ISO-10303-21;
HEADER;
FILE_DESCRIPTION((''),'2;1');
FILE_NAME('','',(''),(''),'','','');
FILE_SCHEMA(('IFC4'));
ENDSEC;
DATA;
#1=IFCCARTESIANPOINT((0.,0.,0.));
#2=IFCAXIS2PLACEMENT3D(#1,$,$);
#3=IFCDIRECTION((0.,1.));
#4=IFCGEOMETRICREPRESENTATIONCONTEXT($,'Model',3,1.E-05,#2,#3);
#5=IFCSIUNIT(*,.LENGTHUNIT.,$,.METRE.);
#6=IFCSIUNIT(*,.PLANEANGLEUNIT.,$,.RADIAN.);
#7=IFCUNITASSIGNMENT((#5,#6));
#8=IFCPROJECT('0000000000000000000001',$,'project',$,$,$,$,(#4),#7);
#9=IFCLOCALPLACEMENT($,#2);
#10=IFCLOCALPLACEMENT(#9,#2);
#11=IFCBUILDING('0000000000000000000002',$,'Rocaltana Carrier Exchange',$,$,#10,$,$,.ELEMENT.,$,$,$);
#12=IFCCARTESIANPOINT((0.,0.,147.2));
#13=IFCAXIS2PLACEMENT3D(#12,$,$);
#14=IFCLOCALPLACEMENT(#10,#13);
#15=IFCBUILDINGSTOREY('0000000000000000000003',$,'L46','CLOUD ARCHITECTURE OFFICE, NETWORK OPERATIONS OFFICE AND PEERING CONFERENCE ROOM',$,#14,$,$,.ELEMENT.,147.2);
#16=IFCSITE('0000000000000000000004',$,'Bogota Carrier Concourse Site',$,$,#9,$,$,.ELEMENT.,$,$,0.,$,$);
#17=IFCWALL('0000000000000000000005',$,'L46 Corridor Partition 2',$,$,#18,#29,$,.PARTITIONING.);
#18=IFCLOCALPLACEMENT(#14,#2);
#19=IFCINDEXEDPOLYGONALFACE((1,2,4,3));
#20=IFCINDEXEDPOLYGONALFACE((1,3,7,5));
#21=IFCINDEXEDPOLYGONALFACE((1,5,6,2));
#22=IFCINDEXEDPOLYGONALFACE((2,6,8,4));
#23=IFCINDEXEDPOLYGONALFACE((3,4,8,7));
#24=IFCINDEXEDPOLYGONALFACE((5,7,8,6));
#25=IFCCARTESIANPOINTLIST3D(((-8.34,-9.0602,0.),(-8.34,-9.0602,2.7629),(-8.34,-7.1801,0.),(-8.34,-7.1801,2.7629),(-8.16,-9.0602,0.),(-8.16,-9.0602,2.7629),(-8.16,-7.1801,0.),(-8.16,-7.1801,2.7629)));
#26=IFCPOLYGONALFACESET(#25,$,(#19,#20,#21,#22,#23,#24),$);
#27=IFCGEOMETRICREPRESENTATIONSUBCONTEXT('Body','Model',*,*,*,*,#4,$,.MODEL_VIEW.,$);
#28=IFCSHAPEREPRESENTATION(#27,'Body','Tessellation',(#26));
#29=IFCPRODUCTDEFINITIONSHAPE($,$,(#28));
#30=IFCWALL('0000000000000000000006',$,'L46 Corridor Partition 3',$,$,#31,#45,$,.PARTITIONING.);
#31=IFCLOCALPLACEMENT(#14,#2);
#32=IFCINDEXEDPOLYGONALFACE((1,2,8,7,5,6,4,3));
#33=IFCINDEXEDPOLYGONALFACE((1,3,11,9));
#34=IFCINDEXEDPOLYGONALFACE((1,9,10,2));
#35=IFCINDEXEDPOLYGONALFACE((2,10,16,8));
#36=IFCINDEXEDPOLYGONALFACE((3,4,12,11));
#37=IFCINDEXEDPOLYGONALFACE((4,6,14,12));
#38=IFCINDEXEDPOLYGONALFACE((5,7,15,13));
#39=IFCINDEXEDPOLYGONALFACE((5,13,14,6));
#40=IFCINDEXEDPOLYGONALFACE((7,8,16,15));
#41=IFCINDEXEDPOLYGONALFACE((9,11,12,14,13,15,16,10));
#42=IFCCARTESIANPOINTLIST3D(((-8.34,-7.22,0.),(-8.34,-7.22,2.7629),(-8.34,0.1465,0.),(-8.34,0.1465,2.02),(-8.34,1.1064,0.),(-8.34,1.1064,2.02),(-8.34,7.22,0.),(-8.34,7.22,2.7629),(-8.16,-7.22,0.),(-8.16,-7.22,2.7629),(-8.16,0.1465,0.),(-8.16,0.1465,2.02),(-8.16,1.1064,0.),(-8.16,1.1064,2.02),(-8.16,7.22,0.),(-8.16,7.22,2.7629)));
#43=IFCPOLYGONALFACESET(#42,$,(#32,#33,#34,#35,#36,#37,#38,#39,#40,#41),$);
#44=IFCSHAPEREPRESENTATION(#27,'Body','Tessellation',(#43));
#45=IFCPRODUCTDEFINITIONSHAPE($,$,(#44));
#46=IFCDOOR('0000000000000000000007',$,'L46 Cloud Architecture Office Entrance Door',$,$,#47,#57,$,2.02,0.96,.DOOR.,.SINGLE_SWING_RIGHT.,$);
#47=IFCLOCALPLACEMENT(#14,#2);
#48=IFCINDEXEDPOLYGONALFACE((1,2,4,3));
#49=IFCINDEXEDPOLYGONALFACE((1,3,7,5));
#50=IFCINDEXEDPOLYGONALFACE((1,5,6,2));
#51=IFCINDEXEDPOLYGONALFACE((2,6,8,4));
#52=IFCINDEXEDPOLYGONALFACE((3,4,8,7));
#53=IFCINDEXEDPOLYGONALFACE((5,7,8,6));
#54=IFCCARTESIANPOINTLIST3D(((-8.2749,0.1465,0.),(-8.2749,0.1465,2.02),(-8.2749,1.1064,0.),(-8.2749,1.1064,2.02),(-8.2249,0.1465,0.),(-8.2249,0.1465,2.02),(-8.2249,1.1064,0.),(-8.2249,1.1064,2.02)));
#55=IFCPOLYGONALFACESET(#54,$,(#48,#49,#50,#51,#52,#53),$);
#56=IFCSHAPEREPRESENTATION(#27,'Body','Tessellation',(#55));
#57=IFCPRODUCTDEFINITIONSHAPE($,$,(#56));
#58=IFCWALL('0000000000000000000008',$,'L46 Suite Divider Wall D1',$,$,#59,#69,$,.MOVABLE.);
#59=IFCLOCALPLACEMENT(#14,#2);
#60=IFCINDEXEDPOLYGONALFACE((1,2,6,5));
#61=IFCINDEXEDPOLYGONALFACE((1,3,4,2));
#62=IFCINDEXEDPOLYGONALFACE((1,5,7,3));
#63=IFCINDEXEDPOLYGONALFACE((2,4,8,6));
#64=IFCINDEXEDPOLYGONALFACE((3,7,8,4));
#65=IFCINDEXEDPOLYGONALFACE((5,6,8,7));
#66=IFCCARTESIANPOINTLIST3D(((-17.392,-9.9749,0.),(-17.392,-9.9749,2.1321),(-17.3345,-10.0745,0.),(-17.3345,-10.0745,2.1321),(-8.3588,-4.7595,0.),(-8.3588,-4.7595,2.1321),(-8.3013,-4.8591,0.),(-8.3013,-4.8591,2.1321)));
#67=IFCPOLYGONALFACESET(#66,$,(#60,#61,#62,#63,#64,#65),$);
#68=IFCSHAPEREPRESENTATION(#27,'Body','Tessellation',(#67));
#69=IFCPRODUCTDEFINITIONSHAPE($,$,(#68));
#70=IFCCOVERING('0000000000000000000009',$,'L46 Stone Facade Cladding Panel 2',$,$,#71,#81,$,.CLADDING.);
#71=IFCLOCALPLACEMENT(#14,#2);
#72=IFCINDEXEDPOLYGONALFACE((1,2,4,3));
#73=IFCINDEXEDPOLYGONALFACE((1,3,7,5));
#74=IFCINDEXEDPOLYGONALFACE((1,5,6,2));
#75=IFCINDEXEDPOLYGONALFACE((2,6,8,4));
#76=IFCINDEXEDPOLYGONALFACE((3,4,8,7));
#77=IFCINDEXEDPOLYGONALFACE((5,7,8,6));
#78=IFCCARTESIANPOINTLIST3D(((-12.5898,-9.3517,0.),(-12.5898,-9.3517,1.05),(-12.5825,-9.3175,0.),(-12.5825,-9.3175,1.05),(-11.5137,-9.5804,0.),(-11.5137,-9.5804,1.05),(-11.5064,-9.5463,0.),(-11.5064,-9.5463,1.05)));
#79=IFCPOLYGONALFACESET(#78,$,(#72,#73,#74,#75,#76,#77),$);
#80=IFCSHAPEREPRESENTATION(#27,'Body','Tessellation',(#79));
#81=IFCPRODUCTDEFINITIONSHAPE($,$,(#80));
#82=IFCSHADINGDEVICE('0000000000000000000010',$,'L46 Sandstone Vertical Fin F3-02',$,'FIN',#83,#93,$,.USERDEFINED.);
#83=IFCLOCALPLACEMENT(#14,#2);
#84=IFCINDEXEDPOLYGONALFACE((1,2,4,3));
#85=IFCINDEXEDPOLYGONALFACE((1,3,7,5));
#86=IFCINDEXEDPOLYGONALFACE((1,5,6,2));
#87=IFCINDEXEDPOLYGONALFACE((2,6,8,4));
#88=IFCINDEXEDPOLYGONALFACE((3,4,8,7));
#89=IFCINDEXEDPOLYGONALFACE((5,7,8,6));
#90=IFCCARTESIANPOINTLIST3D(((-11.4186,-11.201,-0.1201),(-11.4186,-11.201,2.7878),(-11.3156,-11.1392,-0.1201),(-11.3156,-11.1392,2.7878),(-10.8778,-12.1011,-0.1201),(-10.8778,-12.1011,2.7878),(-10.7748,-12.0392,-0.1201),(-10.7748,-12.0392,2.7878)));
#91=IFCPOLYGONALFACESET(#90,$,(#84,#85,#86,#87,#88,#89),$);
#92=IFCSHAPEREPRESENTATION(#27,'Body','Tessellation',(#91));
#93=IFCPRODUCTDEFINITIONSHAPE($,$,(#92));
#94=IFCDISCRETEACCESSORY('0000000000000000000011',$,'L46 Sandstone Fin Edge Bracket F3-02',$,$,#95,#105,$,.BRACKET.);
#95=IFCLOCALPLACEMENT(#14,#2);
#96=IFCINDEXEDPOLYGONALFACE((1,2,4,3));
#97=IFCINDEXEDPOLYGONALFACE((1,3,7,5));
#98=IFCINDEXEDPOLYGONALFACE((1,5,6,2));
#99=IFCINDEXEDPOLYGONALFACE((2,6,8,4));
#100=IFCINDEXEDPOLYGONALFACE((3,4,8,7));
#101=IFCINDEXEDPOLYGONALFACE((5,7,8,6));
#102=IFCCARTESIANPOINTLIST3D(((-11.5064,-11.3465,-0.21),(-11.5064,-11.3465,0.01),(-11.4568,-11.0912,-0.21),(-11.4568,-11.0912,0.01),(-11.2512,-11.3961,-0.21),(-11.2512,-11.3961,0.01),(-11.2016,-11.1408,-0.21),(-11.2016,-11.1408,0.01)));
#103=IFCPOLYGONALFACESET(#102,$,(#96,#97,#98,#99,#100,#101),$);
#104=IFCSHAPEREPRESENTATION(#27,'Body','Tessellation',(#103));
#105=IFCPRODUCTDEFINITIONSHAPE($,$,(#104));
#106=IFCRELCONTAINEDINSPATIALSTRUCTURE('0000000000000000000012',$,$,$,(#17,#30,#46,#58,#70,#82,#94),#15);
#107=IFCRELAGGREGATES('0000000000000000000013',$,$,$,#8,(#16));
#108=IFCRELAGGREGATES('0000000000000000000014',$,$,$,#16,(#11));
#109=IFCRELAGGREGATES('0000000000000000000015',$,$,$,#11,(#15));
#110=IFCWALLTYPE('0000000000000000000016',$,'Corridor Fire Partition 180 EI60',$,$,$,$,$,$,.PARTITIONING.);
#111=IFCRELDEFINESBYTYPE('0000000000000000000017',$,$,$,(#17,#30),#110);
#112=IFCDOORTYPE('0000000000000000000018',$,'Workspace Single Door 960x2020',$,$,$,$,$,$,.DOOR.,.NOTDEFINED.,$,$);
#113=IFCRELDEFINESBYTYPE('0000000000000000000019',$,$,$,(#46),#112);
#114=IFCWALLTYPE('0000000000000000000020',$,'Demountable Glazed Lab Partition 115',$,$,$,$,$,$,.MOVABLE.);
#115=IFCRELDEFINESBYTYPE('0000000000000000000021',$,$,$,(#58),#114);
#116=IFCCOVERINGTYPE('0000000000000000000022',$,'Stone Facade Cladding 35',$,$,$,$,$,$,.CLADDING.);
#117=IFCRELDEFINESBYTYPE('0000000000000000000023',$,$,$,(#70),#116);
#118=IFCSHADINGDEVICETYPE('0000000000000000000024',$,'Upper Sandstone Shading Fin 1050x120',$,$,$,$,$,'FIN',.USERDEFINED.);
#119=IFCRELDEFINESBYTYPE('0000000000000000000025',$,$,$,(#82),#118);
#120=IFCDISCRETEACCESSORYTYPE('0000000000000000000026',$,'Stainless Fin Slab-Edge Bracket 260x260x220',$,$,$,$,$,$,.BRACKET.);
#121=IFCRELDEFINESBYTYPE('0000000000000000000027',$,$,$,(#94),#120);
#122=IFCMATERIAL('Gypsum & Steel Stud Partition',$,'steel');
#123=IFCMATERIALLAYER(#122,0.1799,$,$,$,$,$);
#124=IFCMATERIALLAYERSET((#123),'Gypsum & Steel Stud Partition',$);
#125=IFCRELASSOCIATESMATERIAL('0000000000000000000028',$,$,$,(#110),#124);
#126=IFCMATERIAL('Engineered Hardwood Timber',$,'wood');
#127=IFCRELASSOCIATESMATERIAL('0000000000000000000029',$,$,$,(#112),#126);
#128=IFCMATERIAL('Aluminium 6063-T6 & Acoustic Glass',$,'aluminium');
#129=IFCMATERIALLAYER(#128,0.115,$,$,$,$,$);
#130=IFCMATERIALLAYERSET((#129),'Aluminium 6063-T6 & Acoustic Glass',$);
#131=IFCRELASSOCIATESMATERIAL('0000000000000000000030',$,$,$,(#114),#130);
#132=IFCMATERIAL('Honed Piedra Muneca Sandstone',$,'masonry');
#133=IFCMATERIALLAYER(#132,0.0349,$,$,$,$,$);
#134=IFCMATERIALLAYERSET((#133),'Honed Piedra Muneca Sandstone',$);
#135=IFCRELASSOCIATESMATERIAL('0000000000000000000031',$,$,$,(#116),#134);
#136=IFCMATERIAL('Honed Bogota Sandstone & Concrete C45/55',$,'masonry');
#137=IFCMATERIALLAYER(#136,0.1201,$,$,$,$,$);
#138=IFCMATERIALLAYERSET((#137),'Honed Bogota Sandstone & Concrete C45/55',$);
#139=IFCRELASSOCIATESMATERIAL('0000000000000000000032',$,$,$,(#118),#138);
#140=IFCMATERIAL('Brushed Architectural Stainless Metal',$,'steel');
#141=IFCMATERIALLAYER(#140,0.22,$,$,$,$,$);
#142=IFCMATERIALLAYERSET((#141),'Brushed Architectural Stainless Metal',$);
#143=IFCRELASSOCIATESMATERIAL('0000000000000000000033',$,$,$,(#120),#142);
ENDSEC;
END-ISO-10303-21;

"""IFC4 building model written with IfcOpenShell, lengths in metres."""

from ifc_helpers import new_model, si_unit, direction, frame, frame_2d, origin, origin_2d, place, context, subcontext, project, spatial, rectangle, extrude, material, layer, layer_set, type_object, element, fill, save


model = new_model("IFC4")

# Units and contexts
model_context = context("Model", 3, precision=1e-05, world=origin(), true_north=direction((0.0, 1.0)))
body_context = subcontext(model_context, "Body", "Model", "MODEL_VIEW")
ifc_project = project(units=[si_unit("LENGTHUNIT", "METRE"), si_unit("PLANEANGLEUNIT", "RADIAN")], contexts=[model_context])

# Site, building, storey
site_placement = place(None, origin())
site = spatial("IfcSite", under=ifc_project, at=site_placement, Name="Bogota Carrier Concourse Site", CompositionType="ELEMENT", RefElevation=0.0)
building_placement = place(site_placement, origin())
building = spatial("IfcBuilding", under=site, at=building_placement, Name="Rocaltana Carrier Exchange", CompositionType="ELEMENT")
storey_placement = place(building_placement, frame((0.0, 0.0, 147.2)))
storey = spatial("IfcBuildingStorey", under=building, at=storey_placement, Name="L46", Description="CLOUD ARCHITECTURE OFFICE, NETWORK OPERATIONS OFFICE AND PEERING CONFERENCE ROOM", CompositionType="ELEMENT", Elevation=147.2)

# Wall
ifc_material_1 = material(Name="Gypsum & Steel Stud Partition", Category="steel")
ifc_layer_1 = layer(ifc_material_1, 0.1799)
ifc_layer_set_1 = layer_set([ifc_layer_1], Name="Gypsum & Steel Stud Partition")
wall_type_1 = type_object("IfcWallType", Name="Corridor Fire Partition 180 EI60", PredefinedType="PARTITIONING", material=ifc_layer_set_1)
wall_1_placement = place(storey_placement, frame((-8.25, -9.0601, 0.0), z_axis=(0.0, 0.0, 1.0), x_axis=(0.0, 1.0, 0.0)))
element("IfcWall", 1, at=wall_1_placement, inside=storey, type_object=wall_type_1, Name="L46 Corridor Partition 2", PredefinedType="PARTITIONING", context=body_context, shape_type="SweptSolid", body=[
    extrude(rectangle(XDim=1.8801, YDim=0.1799, at=frame_2d((0.9399, 0.0))), origin(), (0.0, 0.0, 1.0), 2.7629),
])

# Wall, opening, door
wall_2_placement = place(storey_placement, frame((-8.25, -7.22, 0.0), z_axis=(0.0, 0.0, 1.0), x_axis=(0.0, 1.0, 0.0)))
wall_2 = element("IfcWall", 2, at=wall_2_placement, inside=storey, type_object=wall_type_1, Name="L46 Corridor Partition 3", PredefinedType="PARTITIONING", context=body_context, shape_type="SweptSolid", body=[
    extrude(rectangle(XDim=14.4399, YDim=0.1799, at=frame_2d((7.22, 0.0))), origin(), (0.0, 0.0, 1.0), 2.7629),
])
opening_placement = place(wall_2_placement, frame((7.3665, 0.0, 0.0)))
opening = element("IfcOpeningElement", 3, at=opening_placement, cuts=wall_2, PredefinedType="OPENING", context=body_context, shape_type="SweptSolid", body=[
    extrude(rectangle(XDim=0.96, YDim=2.02, at=frame_2d((0.48, 1.01))), frame((0.0, 0.0999, 0.0), z_axis=(0.0, -1.0, 0.0), x_axis=(1.0, 0.0, 0.0)), (0.0, 0.0, 1.0), 0.2),
])
ifc_material_2 = material(Name="Engineered Hardwood Timber", Category="wood")
door_type = type_object("IfcDoorType", Name="Workspace Single Door 960x2020", OperationType="NOTDEFINED", PredefinedType="DOOR", material=ifc_material_2)
door_placement = place(opening_placement, origin())
door = element("IfcDoor", 4, at=door_placement, inside=storey, type_object=door_type, Name="L46 Cloud Architecture Office Entrance Door", OperationType="SINGLE_SWING_RIGHT", OverallHeight=2.02, OverallWidth=0.96, PredefinedType="DOOR", context=body_context, shape_type="SweptSolid", body=[
    extrude(rectangle(XDim=0.96, YDim=2.02, at=frame_2d((0.48, 1.01))), frame((0.0, 0.0249, 0.0), z_axis=(0.0, -1.0, 0.0), x_axis=(1.0, 0.0, 0.0)), (0.0, 0.0, 1.0), 0.05),
])
fill(opening, door)

# Wall
ifc_material_3 = material(Name="Aluminium 6063-T6 & Acoustic Glass", Category="aluminium")
ifc_layer_2 = layer(ifc_material_3, 0.115)
ifc_layer_set_2 = layer_set([ifc_layer_2], Name="Aluminium 6063-T6 & Acoustic Glass")
wall_type_2 = type_object("IfcWallType", Name="Demountable Glazed Lab Partition 115", PredefinedType="MOVABLE", material=ifc_layer_set_2)
wall_3_placement = place(storey_placement, frame((-8.3301, -4.8093, 0.0), z_axis=(0.0, 0.0, 1.0), x_axis=(-0.866025, -0.500001, 0.0)))
element("IfcWall", 5, at=wall_3_placement, inside=storey, type_object=wall_type_2, Name="L46 Suite Divider Wall D1", PredefinedType="MOVABLE", context=body_context, shape_type="SweptSolid", body=[
    extrude(rectangle(XDim=10.4307, YDim=0.115, at=frame_2d((5.2153, 0.0))), origin(), (0.0, 0.0, 1.0), 2.1321),
])

# Covering
ifc_material_4 = material(Name="Honed Piedra Muneca Sandstone", Category="masonry")
ifc_layer_3 = layer(ifc_material_4, 0.0349)
ifc_layer_set_3 = layer_set([ifc_layer_3], Name="Honed Piedra Muneca Sandstone")
covering_type = type_object("IfcCoveringType", Name="Stone Facade Cladding 35", PredefinedType="CLADDING", material=ifc_layer_set_3)
covering_placement = place(storey_placement, frame((-12.0481, -9.449, 0.0), z_axis=(0.0, 0.0, 1.0), x_axis=(-0.978148, 0.207912, 0.0)))
element("IfcCovering", 6, at=covering_placement, inside=storey, type_object=covering_type, Name="L46 Stone Facade Cladding Panel 2", PredefinedType="CLADDING", context=body_context, shape_type="SweptSolid", body=[
    extrude(rectangle(XDim=1.1001, YDim=0.0349, at=origin_2d()), origin(), (0.0, 0.0, 1.0), 1.05),
])

# Shading device
ifc_material_5 = material(Name="Honed Bogota Sandstone & Concrete C45/55", Category="masonry")
ifc_layer_4 = layer(ifc_material_5, 0.1201)
ifc_layer_set_4 = layer_set([ifc_layer_4], Name="Honed Bogota Sandstone & Concrete C45/55")
shading_device_type = type_object("IfcShadingDeviceType", Name="Upper Sandstone Shading Fin 1050x120", ElementType="FIN", PredefinedType="USERDEFINED", material=ifc_layer_set_4)
shading_device_placement = place(storey_placement, frame((-11.0967, -11.6201, -0.1201), z_axis=(0.0, 0.0, 1.0), x_axis=(0.515038, -0.857167, 0.0)))
element("IfcShadingDevice", 7, at=shading_device_placement, inside=storey, type_object=shading_device_type, Name="L46 Sandstone Vertical Fin F3-02", ObjectType="FIN", PredefinedType="USERDEFINED", context=body_context, shape_type="SweptSolid", body=[
    extrude(rectangle(XDim=1.05, YDim=0.1201, at=origin_2d()), origin(), (0.0, 0.0, 1.0), 2.908),
])

# Discrete accessory
ifc_material_6 = material(Name="Brushed Architectural Stainless Metal", Category="steel")
ifc_layer_5 = layer(ifc_material_6, 0.22)
ifc_layer_set_5 = layer_set([ifc_layer_5], Name="Brushed Architectural Stainless Metal")
discrete_accessory_type = type_object("IfcDiscreteAccessoryType", Name="Stainless Fin Slab-Edge Bracket 260x260x220", PredefinedType="BRACKET", material=ifc_layer_set_5)
discrete_accessory_placement = place(storey_placement, frame((-11.354, -11.2437, -0.21), z_axis=(0.0, 0.0, 1.0), x_axis=(0.981627, -0.190809, 0.0)))
element("IfcDiscreteAccessory", 8, at=discrete_accessory_placement, inside=storey, type_object=discrete_accessory_type, Name="L46 Sandstone Fin Edge Bracket F3-02", PredefinedType="BRACKET", context=body_context, shape_type="SweptSolid", body=[
    extrude(rectangle(XDim=0.26, YDim=0.26, at=origin_2d()), origin(), (0.0, 0.0, 1.0), 0.22),
])

save(model, "model.ifc")
